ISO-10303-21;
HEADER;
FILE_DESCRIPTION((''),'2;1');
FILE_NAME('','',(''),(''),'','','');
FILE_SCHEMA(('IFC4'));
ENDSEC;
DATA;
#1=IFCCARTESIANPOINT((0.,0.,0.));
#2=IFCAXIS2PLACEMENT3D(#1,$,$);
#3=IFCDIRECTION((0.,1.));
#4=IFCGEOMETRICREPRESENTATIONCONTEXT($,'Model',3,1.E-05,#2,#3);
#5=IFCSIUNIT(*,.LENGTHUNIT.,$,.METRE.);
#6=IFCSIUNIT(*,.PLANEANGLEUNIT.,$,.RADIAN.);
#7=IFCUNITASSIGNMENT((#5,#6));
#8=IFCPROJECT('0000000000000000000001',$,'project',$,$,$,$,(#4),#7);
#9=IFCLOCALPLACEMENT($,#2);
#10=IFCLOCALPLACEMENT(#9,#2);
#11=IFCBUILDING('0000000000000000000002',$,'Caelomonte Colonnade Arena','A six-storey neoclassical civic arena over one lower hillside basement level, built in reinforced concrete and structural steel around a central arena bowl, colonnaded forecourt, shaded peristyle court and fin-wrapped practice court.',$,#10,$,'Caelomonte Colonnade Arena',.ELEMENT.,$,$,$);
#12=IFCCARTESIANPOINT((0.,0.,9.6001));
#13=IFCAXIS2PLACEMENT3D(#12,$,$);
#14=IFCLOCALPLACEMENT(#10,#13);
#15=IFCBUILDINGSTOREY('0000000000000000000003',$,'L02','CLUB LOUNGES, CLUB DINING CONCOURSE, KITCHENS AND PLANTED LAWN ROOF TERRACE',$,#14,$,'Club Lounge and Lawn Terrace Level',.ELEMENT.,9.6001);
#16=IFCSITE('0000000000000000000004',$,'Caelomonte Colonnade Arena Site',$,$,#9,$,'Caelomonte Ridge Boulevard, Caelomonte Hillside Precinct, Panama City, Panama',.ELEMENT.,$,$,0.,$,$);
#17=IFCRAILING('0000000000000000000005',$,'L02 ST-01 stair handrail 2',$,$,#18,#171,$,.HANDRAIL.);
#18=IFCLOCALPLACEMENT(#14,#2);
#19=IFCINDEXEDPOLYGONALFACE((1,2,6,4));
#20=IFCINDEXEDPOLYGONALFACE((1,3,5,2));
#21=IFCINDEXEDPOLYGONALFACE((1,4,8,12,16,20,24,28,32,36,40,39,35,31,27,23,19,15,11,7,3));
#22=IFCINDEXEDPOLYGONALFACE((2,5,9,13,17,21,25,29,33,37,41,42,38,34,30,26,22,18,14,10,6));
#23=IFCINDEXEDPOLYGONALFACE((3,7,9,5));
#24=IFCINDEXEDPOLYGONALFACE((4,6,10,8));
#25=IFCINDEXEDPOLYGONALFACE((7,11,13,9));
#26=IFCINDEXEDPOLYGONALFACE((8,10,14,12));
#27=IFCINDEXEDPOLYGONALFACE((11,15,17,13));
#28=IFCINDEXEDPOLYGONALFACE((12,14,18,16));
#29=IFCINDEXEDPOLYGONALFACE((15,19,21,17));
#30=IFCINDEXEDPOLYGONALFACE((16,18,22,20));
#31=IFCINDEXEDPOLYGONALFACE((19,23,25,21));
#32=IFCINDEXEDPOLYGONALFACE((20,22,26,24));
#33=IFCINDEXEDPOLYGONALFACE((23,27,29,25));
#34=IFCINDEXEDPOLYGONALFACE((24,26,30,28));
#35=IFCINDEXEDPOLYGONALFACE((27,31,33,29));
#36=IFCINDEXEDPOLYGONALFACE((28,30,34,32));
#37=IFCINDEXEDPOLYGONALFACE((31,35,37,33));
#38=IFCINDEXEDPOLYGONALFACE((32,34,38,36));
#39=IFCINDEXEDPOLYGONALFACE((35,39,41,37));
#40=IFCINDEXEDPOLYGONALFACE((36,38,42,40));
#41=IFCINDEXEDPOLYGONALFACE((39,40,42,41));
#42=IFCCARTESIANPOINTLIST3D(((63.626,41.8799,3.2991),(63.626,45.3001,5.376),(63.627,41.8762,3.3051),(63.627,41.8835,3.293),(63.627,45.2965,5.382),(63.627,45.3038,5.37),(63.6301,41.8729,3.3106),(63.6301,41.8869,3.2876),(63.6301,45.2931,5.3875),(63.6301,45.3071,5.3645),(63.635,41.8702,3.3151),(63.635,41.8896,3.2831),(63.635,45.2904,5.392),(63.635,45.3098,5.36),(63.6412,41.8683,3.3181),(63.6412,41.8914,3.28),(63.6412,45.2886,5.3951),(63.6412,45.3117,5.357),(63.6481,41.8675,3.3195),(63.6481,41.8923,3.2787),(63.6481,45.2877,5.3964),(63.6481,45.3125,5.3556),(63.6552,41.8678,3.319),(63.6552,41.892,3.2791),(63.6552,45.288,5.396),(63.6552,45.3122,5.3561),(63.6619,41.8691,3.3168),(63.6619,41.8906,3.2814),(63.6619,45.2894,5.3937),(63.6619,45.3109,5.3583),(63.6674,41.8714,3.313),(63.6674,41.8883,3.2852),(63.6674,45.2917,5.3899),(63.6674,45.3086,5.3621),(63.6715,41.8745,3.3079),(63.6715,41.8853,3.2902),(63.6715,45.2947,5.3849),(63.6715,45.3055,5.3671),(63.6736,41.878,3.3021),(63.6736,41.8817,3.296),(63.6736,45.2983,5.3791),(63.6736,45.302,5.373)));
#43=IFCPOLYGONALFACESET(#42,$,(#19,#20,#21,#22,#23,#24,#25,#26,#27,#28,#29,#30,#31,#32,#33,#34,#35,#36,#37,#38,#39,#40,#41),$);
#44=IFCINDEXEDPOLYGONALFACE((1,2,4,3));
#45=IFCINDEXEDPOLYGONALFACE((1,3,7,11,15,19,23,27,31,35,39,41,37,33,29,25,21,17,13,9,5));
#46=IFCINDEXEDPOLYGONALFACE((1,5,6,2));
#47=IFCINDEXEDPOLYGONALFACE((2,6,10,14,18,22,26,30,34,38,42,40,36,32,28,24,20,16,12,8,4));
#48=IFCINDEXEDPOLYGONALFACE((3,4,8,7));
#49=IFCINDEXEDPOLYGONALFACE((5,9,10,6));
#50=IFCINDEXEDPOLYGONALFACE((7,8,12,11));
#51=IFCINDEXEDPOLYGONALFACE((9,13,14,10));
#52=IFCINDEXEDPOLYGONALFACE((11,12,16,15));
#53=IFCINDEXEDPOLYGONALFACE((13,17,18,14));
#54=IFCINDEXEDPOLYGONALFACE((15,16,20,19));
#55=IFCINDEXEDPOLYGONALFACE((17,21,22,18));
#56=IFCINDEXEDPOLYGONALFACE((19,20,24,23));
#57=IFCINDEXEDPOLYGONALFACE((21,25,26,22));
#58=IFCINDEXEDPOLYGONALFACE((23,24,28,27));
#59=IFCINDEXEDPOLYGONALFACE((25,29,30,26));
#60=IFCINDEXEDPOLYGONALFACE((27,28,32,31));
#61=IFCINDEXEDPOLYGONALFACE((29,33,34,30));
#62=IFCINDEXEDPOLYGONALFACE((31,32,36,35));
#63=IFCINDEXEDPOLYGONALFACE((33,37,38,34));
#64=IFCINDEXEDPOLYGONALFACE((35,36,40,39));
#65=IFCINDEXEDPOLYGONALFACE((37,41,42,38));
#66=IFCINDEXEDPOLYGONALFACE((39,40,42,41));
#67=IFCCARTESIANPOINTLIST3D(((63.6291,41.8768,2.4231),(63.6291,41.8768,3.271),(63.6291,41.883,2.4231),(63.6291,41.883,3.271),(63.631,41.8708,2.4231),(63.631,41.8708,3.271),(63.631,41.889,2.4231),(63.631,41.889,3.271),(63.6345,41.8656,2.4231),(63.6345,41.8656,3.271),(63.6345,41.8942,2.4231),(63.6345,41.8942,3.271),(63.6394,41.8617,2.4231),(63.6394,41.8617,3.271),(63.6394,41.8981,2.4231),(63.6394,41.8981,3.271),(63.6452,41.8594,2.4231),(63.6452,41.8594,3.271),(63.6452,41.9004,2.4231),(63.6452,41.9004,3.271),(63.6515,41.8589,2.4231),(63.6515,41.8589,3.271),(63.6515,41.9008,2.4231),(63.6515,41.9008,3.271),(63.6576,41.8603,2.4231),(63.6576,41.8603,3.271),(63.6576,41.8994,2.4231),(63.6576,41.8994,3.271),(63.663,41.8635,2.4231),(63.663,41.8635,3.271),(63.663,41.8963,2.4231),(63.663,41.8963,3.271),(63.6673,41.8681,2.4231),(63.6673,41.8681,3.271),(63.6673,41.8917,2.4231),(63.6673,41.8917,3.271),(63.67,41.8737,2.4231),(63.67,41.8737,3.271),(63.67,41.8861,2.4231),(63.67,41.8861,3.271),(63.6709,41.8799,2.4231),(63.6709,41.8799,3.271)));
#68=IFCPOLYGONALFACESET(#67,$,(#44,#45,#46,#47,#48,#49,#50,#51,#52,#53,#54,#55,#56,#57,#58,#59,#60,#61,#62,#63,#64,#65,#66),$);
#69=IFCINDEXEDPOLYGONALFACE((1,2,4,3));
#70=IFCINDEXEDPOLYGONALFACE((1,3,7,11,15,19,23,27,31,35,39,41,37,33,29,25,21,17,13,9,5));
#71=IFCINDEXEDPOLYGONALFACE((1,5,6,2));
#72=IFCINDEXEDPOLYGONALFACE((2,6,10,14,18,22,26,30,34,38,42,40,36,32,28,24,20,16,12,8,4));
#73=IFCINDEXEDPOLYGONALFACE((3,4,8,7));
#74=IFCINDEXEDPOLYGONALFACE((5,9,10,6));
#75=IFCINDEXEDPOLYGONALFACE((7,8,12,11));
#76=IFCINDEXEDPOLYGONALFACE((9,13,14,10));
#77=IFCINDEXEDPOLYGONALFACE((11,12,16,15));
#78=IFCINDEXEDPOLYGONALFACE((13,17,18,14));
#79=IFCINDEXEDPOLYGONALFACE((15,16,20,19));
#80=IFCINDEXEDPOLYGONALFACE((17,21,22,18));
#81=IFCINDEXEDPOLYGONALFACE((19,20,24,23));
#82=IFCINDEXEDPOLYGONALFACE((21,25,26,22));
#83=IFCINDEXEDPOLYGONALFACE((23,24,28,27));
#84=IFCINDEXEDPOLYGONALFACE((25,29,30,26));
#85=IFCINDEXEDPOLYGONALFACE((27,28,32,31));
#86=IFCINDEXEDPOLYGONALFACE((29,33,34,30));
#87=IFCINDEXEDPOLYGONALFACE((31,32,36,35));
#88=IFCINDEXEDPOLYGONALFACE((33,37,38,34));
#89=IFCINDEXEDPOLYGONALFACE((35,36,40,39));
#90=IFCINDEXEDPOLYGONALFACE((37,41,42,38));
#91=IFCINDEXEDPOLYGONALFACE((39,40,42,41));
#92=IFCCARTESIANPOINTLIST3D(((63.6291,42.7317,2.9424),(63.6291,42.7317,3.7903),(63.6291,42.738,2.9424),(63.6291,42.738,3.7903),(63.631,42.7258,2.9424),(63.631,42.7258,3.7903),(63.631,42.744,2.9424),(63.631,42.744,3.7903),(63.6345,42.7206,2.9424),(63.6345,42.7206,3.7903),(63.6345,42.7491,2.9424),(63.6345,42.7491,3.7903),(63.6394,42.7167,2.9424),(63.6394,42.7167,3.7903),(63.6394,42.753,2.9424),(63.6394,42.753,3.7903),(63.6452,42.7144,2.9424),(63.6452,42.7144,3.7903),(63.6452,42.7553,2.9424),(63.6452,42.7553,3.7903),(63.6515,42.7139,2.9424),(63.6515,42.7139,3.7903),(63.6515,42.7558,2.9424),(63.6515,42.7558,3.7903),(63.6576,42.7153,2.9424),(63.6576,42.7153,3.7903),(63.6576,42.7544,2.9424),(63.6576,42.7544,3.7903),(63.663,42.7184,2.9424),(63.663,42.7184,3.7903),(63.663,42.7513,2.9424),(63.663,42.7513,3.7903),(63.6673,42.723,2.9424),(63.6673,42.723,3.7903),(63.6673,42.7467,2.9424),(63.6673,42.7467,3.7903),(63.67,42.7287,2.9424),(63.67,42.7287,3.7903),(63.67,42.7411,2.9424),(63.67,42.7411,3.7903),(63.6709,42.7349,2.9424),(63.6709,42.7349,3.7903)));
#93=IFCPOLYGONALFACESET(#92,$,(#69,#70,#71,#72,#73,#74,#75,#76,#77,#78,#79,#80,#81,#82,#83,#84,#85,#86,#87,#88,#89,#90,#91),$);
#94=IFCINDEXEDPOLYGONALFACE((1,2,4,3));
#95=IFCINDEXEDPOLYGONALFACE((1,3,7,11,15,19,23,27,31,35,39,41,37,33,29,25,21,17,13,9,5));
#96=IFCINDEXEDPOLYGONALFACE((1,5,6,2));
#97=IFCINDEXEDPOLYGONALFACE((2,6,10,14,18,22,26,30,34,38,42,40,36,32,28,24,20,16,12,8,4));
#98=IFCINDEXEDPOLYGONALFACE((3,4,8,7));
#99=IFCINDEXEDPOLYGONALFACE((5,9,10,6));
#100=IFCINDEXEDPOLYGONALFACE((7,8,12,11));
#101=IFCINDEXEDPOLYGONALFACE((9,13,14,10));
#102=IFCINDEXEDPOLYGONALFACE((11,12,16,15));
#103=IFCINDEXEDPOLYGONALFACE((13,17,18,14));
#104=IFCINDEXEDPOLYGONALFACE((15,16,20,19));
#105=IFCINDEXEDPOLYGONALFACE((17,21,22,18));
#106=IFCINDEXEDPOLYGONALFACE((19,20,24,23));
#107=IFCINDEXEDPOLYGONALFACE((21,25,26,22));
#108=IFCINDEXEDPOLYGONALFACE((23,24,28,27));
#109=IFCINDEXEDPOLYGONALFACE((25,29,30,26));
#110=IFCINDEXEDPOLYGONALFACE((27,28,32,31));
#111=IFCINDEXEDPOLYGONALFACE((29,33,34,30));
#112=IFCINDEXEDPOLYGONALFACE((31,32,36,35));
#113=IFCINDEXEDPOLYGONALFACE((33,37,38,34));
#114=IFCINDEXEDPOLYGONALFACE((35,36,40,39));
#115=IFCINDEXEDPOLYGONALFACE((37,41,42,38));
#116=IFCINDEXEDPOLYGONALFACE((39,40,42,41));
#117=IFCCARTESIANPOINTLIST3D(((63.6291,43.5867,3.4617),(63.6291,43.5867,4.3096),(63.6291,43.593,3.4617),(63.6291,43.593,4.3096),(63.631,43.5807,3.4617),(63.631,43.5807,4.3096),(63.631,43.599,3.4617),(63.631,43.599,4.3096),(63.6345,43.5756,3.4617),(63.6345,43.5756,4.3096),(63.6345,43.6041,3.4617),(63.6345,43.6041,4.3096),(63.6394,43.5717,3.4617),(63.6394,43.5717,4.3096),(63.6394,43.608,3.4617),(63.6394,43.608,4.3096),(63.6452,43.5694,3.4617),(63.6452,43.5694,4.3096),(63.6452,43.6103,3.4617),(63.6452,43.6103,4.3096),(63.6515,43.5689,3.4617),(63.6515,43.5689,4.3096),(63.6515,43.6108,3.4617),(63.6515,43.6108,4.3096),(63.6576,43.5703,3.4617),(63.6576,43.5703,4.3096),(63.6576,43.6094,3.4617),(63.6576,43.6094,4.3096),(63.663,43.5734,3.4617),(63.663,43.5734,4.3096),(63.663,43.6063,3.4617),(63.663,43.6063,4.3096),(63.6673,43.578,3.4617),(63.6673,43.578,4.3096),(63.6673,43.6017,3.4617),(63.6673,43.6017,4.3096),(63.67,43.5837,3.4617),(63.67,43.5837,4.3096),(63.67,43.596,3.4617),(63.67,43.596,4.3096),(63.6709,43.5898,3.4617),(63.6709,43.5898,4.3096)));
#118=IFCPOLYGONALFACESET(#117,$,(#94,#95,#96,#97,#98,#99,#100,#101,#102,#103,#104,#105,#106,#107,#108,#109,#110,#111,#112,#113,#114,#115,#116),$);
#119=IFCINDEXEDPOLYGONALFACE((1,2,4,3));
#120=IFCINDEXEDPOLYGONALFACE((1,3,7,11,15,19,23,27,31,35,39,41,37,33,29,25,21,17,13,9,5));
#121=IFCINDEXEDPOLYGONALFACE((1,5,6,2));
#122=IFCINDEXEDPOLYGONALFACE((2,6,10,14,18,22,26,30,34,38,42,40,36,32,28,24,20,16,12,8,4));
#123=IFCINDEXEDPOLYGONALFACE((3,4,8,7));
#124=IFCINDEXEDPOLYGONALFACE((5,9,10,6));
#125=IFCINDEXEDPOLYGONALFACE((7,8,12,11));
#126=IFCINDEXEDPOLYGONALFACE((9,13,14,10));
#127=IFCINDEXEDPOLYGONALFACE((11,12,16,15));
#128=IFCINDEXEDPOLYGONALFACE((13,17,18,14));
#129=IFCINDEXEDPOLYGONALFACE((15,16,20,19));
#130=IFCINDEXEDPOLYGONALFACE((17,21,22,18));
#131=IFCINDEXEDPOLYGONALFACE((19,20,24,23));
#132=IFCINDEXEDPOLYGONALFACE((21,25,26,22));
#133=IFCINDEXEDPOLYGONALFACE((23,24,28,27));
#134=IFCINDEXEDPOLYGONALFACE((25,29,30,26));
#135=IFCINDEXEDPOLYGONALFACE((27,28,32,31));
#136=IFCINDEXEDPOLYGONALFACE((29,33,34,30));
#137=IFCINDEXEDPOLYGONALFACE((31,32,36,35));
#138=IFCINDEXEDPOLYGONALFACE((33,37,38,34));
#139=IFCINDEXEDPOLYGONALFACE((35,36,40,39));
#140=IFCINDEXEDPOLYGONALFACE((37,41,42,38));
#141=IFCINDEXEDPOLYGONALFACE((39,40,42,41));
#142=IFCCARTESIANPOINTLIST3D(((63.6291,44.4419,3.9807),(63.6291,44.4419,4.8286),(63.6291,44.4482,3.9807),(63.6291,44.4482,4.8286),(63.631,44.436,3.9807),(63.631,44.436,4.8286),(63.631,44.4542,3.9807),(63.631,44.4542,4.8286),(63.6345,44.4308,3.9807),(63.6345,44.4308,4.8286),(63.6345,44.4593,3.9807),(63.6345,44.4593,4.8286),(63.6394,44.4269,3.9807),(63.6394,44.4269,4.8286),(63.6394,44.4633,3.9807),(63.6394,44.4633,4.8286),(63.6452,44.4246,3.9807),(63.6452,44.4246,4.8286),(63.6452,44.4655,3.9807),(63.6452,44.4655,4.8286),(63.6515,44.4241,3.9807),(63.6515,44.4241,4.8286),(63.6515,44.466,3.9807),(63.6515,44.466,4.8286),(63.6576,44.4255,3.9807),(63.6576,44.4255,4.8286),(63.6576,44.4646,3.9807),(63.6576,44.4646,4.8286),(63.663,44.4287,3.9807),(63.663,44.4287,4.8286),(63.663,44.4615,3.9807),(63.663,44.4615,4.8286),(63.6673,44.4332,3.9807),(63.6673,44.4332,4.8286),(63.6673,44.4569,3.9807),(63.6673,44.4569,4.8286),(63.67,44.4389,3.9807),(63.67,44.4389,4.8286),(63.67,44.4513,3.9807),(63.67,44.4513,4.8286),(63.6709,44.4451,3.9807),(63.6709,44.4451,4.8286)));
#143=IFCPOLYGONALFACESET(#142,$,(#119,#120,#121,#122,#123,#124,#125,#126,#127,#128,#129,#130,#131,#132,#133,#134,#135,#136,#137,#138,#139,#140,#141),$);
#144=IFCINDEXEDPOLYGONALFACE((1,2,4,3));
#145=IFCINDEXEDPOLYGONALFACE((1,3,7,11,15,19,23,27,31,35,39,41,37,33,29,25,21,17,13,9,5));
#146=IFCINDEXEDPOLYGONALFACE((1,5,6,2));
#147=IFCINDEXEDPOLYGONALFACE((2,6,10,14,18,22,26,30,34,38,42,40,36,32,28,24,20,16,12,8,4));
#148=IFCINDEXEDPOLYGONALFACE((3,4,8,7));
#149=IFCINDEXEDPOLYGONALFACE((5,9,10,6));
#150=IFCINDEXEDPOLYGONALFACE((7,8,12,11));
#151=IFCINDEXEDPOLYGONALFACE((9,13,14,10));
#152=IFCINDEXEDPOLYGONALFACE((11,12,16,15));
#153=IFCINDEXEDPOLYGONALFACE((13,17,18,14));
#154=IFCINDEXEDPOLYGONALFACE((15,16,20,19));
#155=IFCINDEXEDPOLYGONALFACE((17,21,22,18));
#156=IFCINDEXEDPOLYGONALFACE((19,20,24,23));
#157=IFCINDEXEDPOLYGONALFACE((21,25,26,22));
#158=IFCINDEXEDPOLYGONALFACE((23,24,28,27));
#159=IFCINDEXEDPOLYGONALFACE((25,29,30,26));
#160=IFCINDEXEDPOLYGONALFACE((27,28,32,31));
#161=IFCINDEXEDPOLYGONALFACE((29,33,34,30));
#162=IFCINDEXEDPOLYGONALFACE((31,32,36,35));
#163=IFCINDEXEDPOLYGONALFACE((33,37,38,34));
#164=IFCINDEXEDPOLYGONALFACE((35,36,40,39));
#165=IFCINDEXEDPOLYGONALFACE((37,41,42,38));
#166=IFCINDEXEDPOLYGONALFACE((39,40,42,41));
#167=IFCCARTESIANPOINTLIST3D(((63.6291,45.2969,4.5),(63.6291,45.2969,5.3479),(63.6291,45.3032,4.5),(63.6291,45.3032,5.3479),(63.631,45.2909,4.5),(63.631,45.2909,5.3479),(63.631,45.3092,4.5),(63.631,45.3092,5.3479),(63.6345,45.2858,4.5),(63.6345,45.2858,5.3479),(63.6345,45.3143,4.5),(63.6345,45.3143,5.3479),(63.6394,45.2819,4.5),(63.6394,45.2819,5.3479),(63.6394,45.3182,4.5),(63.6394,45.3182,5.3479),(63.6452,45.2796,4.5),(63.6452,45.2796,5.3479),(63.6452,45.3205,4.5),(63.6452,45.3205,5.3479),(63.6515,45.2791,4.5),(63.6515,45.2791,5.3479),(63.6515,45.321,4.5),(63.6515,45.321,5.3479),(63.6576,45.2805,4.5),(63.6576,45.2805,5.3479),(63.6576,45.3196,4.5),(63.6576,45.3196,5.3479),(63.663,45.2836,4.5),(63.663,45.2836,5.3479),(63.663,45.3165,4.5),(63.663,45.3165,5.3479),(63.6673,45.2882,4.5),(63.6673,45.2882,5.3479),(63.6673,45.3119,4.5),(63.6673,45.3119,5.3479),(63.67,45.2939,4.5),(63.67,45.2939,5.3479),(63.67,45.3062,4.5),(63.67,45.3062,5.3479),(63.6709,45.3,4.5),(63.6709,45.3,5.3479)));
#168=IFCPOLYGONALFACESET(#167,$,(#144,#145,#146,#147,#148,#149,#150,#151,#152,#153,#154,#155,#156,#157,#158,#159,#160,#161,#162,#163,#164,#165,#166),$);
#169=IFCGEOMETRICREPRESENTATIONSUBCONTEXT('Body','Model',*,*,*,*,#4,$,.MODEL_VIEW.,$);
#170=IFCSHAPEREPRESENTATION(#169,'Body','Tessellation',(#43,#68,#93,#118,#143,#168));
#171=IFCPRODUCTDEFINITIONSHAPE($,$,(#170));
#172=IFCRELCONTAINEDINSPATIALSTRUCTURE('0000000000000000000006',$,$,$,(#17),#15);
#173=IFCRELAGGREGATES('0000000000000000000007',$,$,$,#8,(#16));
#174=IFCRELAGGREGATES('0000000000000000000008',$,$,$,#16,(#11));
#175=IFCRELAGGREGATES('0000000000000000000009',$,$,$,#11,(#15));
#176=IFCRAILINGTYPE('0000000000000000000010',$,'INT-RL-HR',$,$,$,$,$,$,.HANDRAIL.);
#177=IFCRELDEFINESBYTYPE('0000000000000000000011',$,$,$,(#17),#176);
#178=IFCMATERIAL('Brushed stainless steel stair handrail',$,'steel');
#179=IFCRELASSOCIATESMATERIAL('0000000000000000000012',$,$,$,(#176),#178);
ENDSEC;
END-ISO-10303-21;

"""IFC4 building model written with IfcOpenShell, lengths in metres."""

from ifc_helpers import new_model, si_unit, direction, frame, origin, origin_2d, place, context, subcontext, project, spatial, circle, extrude, material, type_object, element, save


model = new_model("IFC4")

# Units and contexts
model_context = context("Model", 3, precision=1e-05, world=origin(), true_north=direction((0.0, 1.0)))
body_context = subcontext(model_context, "Body", "Model", "MODEL_VIEW")
ifc_project = project(units=[si_unit("LENGTHUNIT", "METRE"), si_unit("PLANEANGLEUNIT", "RADIAN")], contexts=[model_context])

# Site, building, storey
site_placement = place(None, origin())
site = spatial("IfcSite", under=ifc_project, at=site_placement, Name="Caelomonte Colonnade Arena Site", LongName="Caelomonte Ridge Boulevard, Caelomonte Hillside Precinct, Panama City, Panama", CompositionType="ELEMENT", RefElevation=0.0)
building_placement = place(site_placement, origin())
building = spatial("IfcBuilding", under=site, at=building_placement, Name="Caelomonte Colonnade Arena", Description="A six-storey neoclassical civic arena over one lower hillside basement level, built in reinforced concrete and structural steel around a central arena bowl, colonnaded forecourt, shaded peristyle court and fin-wrapped practice court.", LongName="Caelomonte Colonnade Arena", CompositionType="ELEMENT")
storey_placement = place(building_placement, frame((0.0, 0.0, 9.6001)))
storey = spatial("IfcBuildingStorey", under=building, at=storey_placement, Name="L02", Description="CLUB LOUNGES, CLUB DINING CONCOURSE, KITCHENS AND PLANTED LAWN ROOF TERRACE", LongName="Club Lounge and Lawn Terrace Level", CompositionType="ELEMENT", Elevation=9.6001)

# Railing
ifc_material_1 = material(Name="Brushed stainless steel stair handrail", Category="steel")
railing_type_1 = type_object("IfcRailingType", Name="INT-RL-HR", PredefinedType="HANDRAIL", material=ifc_material_1)
railing_1_placement = place(storey_placement, frame((63.6499, 41.8799, 2.4231)))
element("IfcRailing", 1, at=railing_1_placement, inside=storey, type_object=railing_type_1, Name="L02 ST-01 stair handrail 2", PredefinedType="HANDRAIL", context=body_context, shape_type="SweptSolid", body=[
    extrude(circle(Radius=0.0239, at=origin_2d()), frame((0.0, 0.0, 0.876), z_axis=(0.0, 0.854746, 0.519047), x_axis=(-1.0, 0.0, 0.0)), (0.0, 0.0, 1.0), 4.0015),
    extrude(circle(Radius=0.021, at=origin_2d()), origin(), (0.0, 0.0, 1.0), 0.8479),
    extrude(circle(Radius=0.021, at=origin_2d()), frame((0.0, 0.855, 0.5193)), (0.0, 0.0, 1.0), 0.8479),
    extrude(circle(Radius=0.021, at=origin_2d()), frame((0.0, 1.71, 1.0386)), (0.0, 0.0, 1.0), 0.8479),
    extrude(circle(Radius=0.021, at=origin_2d()), frame((0.0, 2.5652, 1.5576)), (0.0, 0.0, 1.0), 0.8479),
    extrude(circle(Radius=0.021, at=origin_2d()), frame((0.0, 3.4202, 2.0769)), (0.0, 0.0, 1.0), 0.8479),
])

save(model, "model.ifc")
